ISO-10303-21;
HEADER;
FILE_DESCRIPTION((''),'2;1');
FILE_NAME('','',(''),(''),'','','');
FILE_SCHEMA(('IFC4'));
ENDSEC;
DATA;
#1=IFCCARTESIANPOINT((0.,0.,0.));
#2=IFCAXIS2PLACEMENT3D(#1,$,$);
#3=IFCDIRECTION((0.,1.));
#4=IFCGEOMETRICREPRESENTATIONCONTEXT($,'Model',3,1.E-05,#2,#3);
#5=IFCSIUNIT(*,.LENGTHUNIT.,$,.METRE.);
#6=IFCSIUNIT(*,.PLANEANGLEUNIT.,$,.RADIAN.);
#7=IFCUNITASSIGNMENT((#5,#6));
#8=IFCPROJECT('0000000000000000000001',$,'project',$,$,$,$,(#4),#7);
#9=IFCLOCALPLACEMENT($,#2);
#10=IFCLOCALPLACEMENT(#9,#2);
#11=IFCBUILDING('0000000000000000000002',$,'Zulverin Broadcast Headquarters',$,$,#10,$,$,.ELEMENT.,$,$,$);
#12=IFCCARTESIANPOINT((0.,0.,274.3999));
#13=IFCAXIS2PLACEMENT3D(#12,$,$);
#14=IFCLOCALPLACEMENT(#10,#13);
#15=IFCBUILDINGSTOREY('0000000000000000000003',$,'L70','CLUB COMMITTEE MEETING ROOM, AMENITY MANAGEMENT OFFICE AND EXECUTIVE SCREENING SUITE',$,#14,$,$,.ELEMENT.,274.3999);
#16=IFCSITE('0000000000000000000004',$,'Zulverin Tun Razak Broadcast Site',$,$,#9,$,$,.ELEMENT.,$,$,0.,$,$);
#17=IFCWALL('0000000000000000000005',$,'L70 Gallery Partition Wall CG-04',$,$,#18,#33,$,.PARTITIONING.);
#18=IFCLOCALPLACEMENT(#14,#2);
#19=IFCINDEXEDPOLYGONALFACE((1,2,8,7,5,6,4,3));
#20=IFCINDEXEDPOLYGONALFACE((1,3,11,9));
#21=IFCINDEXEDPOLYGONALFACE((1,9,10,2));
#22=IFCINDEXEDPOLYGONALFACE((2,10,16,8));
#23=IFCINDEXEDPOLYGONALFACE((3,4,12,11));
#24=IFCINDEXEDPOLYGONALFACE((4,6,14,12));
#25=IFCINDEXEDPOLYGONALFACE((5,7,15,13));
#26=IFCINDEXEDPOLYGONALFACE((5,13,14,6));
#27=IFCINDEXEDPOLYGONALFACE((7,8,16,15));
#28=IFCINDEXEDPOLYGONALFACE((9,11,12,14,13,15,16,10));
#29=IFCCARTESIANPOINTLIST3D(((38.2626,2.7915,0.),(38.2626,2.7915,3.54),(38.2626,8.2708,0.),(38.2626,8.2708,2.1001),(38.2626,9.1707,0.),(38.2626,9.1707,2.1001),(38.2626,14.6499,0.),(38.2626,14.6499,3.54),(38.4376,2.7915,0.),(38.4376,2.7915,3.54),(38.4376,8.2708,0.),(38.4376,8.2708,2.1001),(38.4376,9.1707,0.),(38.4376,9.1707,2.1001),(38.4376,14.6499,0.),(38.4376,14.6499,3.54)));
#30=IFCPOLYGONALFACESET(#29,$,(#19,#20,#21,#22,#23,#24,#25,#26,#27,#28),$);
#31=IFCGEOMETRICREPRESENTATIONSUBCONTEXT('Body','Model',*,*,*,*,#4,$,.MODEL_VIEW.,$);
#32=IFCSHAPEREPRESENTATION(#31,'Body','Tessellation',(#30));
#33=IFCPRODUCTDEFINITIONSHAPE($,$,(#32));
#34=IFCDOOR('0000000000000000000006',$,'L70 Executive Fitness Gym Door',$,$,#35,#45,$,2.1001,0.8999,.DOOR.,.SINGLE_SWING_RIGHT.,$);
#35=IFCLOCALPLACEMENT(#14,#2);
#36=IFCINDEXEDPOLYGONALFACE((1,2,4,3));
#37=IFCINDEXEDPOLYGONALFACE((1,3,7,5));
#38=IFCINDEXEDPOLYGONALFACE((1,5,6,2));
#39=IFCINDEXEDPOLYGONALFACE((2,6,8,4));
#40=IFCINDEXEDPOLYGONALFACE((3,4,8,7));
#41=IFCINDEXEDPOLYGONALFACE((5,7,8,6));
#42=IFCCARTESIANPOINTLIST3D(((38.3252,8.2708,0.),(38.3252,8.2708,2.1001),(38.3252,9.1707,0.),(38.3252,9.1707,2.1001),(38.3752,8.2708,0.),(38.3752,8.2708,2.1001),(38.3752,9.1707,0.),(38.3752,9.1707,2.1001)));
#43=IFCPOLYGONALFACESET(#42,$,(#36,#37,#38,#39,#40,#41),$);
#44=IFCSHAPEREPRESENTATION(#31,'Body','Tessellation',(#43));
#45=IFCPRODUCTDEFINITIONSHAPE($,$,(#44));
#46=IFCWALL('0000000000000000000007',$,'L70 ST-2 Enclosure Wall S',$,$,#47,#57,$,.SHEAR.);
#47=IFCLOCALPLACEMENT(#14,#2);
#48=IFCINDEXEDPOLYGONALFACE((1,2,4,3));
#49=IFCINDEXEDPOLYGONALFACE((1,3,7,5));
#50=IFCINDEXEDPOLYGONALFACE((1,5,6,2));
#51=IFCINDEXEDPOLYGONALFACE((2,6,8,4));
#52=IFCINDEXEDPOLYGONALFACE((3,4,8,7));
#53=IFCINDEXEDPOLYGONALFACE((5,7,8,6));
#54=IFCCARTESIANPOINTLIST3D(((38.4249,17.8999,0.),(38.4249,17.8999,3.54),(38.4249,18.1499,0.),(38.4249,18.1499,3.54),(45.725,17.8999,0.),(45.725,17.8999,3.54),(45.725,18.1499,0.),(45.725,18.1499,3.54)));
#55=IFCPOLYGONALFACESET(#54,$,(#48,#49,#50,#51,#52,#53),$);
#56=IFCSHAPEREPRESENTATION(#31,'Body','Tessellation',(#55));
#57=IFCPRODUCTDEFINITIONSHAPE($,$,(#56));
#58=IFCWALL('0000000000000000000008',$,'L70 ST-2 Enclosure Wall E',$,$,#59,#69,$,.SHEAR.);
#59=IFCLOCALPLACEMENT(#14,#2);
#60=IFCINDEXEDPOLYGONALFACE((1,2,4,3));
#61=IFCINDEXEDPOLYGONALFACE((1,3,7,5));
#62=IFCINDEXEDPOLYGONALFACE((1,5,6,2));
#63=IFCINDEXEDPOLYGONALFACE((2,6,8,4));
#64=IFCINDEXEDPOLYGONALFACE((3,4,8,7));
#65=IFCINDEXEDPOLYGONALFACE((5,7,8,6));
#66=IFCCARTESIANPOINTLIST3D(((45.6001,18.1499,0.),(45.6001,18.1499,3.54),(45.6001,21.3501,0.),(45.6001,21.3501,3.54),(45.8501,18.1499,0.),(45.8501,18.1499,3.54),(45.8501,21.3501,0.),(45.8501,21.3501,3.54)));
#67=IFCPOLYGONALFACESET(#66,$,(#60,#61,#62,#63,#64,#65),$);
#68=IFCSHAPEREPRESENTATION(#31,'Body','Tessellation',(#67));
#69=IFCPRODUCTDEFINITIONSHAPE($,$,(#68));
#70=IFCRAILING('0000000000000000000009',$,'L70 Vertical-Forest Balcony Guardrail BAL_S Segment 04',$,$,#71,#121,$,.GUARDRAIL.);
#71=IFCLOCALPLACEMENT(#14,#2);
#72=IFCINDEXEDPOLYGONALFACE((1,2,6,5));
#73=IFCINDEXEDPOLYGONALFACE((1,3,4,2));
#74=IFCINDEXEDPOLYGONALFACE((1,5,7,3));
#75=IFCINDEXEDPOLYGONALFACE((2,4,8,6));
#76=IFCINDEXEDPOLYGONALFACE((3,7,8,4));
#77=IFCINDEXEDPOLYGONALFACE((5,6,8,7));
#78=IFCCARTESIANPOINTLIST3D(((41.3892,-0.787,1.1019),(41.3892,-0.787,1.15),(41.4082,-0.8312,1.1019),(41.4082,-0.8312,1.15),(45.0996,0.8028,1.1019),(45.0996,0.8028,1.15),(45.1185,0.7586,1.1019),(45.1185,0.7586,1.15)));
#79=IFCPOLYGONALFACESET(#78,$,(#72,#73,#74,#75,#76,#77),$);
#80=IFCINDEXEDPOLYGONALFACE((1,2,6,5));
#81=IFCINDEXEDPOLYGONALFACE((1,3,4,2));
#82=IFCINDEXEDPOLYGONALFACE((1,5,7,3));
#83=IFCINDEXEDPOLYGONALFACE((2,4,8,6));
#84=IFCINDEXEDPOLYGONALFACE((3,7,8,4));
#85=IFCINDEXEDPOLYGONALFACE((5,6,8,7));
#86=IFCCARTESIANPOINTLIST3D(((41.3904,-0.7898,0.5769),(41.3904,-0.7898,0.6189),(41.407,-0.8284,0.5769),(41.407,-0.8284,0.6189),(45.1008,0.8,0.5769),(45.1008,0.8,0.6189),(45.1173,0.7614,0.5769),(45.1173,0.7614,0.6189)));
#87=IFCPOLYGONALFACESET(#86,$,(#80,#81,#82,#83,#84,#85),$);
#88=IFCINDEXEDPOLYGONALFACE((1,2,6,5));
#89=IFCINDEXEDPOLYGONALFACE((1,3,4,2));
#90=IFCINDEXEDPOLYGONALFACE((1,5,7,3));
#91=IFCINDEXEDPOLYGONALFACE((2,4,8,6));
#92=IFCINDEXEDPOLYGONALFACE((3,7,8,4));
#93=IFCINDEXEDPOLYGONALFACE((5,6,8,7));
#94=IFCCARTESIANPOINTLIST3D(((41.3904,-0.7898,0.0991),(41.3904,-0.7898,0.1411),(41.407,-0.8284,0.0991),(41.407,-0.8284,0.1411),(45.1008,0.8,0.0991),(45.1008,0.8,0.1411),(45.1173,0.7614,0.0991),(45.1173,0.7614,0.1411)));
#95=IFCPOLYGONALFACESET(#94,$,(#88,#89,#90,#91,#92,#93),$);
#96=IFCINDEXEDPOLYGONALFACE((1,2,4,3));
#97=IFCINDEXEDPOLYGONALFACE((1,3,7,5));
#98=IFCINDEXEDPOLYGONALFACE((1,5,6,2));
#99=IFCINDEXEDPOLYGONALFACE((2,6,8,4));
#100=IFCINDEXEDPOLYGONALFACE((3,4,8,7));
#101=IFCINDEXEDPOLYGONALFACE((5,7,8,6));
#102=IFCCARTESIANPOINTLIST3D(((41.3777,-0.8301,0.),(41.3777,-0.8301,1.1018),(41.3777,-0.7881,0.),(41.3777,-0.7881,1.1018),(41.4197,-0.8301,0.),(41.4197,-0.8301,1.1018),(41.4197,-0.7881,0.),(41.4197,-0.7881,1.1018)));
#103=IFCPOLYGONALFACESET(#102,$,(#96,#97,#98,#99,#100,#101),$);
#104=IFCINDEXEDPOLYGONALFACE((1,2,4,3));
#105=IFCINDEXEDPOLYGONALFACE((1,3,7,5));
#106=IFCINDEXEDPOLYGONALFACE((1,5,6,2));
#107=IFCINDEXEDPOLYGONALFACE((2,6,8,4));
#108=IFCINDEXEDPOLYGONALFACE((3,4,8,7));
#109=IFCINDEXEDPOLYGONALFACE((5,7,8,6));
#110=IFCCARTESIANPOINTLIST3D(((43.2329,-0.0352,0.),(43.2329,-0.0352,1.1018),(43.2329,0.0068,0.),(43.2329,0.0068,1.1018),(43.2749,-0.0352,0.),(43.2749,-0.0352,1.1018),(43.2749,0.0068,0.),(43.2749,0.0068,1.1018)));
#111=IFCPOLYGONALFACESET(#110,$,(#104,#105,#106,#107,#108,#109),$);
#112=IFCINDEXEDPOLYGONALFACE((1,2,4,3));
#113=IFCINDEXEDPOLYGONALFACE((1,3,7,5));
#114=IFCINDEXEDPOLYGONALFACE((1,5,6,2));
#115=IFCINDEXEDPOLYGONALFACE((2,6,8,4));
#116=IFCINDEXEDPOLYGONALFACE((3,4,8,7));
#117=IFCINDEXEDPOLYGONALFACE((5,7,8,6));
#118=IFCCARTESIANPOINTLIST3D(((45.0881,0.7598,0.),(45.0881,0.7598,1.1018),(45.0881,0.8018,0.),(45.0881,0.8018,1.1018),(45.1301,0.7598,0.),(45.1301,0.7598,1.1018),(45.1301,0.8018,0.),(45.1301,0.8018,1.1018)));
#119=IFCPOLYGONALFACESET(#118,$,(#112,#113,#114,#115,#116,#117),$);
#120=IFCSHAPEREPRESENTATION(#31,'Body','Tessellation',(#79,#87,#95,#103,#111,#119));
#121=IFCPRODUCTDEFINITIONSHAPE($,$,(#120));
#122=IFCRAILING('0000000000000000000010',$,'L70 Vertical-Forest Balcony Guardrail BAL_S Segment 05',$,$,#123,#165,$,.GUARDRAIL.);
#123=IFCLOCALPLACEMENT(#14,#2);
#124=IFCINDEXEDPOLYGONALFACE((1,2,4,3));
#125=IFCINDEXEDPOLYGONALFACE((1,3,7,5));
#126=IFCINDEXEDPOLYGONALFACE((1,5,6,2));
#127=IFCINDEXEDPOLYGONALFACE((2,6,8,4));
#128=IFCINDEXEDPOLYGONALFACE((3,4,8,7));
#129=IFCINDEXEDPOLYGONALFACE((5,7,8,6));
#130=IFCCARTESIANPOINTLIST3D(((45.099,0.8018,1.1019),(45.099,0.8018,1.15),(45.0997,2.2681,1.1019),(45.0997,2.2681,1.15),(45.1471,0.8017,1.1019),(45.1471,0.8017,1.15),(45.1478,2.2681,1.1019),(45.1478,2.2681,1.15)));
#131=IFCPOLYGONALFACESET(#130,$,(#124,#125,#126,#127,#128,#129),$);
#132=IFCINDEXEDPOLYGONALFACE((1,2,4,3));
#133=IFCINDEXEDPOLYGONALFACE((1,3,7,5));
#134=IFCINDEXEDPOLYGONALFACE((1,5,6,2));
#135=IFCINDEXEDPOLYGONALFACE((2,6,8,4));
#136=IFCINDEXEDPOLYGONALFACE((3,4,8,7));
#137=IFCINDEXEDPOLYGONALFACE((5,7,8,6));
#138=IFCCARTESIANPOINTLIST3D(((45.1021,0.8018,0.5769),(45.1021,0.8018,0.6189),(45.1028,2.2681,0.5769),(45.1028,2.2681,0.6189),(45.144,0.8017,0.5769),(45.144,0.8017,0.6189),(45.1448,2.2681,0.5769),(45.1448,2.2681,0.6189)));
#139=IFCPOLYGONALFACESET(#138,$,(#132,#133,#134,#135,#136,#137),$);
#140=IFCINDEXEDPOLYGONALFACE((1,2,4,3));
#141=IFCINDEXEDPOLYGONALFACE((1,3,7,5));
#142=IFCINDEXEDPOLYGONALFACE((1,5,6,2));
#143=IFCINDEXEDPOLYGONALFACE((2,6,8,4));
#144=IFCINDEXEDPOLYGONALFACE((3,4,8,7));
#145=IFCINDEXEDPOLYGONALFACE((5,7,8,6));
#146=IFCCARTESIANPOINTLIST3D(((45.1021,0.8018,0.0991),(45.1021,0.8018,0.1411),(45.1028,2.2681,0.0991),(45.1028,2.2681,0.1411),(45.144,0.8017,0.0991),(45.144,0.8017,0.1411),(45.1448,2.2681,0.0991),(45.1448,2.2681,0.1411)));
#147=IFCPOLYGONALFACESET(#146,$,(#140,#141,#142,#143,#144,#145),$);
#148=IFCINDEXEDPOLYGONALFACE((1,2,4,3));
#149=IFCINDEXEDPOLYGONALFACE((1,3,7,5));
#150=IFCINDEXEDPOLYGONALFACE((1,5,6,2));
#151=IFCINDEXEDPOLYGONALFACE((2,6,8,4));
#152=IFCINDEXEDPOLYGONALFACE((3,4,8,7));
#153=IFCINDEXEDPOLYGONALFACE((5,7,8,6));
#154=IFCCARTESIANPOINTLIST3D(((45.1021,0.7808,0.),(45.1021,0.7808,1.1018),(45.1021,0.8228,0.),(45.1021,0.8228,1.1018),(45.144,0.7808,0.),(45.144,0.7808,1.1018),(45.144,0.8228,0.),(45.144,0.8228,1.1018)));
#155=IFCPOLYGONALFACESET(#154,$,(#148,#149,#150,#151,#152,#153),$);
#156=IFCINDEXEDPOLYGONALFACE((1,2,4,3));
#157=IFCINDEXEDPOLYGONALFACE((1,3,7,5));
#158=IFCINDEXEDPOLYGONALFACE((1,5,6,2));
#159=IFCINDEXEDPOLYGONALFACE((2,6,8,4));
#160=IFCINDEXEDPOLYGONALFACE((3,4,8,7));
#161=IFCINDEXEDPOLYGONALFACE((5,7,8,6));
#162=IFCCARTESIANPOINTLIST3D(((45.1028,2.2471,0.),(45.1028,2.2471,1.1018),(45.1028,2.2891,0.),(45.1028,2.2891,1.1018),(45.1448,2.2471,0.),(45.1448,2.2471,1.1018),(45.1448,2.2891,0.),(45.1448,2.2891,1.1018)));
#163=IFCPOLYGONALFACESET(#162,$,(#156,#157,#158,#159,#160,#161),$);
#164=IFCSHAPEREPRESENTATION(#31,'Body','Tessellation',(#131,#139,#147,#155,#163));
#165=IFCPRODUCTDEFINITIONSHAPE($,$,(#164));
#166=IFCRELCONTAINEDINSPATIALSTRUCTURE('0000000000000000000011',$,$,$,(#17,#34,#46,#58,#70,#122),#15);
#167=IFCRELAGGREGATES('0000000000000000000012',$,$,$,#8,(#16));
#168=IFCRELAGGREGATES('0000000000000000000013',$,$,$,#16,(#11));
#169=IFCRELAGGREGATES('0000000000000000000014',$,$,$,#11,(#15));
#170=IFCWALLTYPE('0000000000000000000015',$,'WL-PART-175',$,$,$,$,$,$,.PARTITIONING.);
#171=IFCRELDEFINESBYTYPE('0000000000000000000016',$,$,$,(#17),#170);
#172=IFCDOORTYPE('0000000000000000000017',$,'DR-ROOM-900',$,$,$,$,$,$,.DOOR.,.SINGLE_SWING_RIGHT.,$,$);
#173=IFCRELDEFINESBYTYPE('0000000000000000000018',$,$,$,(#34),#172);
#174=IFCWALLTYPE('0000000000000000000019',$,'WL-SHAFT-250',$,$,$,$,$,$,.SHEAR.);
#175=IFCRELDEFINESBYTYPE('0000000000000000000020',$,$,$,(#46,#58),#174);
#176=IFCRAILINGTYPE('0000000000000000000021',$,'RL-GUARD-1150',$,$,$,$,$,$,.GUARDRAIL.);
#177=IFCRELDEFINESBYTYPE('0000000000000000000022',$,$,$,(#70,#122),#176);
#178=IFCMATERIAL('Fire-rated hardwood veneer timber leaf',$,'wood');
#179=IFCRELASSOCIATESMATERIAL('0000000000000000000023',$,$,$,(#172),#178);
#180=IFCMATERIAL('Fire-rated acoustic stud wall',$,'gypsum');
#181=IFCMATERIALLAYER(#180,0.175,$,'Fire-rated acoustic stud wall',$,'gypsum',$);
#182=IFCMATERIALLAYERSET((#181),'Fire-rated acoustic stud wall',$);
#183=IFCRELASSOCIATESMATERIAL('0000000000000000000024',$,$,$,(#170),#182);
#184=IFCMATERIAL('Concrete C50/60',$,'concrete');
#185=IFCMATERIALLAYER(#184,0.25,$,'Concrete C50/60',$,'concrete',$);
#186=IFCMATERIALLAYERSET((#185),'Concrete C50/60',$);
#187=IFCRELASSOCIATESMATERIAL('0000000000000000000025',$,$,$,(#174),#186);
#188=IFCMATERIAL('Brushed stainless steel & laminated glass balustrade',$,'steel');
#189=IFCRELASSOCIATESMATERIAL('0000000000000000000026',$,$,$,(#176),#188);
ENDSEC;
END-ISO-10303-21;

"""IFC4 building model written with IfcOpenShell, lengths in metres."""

from ifc_helpers import new_model, si_unit, direction, frame, frame_2d, origin, origin_2d, place, context, subcontext, project, spatial, rectangle, extrude, material, layer, layer_set, type_object, element, fill, save


model = new_model("IFC4")

# Units and contexts
model_context = context("Model", 3, precision=1e-05, world=origin(), true_north=direction((0.0, 1.0)))
body_context = subcontext(model_context, "Body", "Model", "MODEL_VIEW")
ifc_project = project(units=[si_unit("LENGTHUNIT", "METRE"), si_unit("PLANEANGLEUNIT", "RADIAN")], contexts=[model_context])

# Site, building, storey
site_placement = place(None, origin())
site = spatial("IfcSite", under=ifc_project, at=site_placement, Name="Zulverin Tun Razak Broadcast Site", CompositionType="ELEMENT", RefElevation=0.0)
building_placement = place(site_placement, origin())
building = spatial("IfcBuilding", under=site, at=building_placement, Name="Zulverin Broadcast Headquarters", CompositionType="ELEMENT")
storey_placement = place(building_placement, frame((0.0, 0.0, 274.3999)))
storey = spatial("IfcBuildingStorey", under=building, at=storey_placement, Name="L70", Description="CLUB COMMITTEE MEETING ROOM, AMENITY MANAGEMENT OFFICE AND EXECUTIVE SCREENING SUITE", CompositionType="ELEMENT", Elevation=274.3999)

# Shared definitions
ifc_material_1 = material(Name="Concrete C50/60", Category="concrete")

# Wall, opening, door
ifc_material_2 = material(Name="Fire-rated hardwood veneer timber leaf", Category="wood")
door_type_1 = type_object("IfcDoorType", Name="DR-ROOM-900", OperationType="SINGLE_SWING_RIGHT", PredefinedType="DOOR", material=ifc_material_2)
ifc_material_3 = material(Name="Fire-rated acoustic stud wall", Category="gypsum")
ifc_layer_1 = layer(ifc_material_3, 0.175, Name="Fire-rated acoustic stud wall", Category="gypsum")
ifc_layer_set_1 = layer_set([ifc_layer_1], Name="Fire-rated acoustic stud wall")
wall_type_1 = type_object("IfcWallType", Name="WL-PART-175", PredefinedType="PARTITIONING", material=ifc_layer_set_1)
wall_1_placement = place(storey_placement, frame((38.3501, 2.7915, 0.0), z_axis=(0.0, 0.0, 1.0), x_axis=(0.0, 1.0, 0.0)))
wall_1 = element("IfcWall", 1, at=wall_1_placement, inside=storey, type_object=wall_type_1, Name="L70 Gallery Partition Wall CG-04", PredefinedType="PARTITIONING", context=body_context, shape_type="SweptSolid", body=[
    extrude(rectangle(XDim=11.8584, YDim=0.175, at=frame_2d((5.9292, 0.0))), origin(), (0.0, 0.0, 1.0), 3.54),
])
opening_1_placement = place(wall_1_placement, frame((5.4792, 0.0, 0.0)))
opening_1 = element("IfcOpeningElement", 2, at=opening_1_placement, cuts=wall_1, PredefinedType="OPENING", context=body_context, shape_type="SweptSolid", body=[
    extrude(rectangle(XDim=0.8999, YDim=2.1001, at=frame_2d((0.45, 1.05))), frame((0.0, 0.0974, 0.0), z_axis=(0.0, -1.0, 0.0), x_axis=(1.0, 0.0, 0.0)), (0.0, 0.0, 1.0), 0.1951),
])
door_1_placement = place(opening_1_placement, origin())
door_1 = element("IfcDoor", 3, at=door_1_placement, inside=storey, type_object=door_type_1, Name="L70 Executive Fitness Gym Door", OperationType="SINGLE_SWING_RIGHT", OverallHeight=2.1001, OverallWidth=0.8999, PredefinedType="DOOR", context=body_context, shape_type="SweptSolid", body=[
    extrude(rectangle(XDim=0.8999, YDim=2.1001, at=frame_2d((0.45, 1.05))), frame((0.0, 0.0249, 0.0), z_axis=(0.0, -1.0, 0.0), x_axis=(1.0, 0.0, 0.0)), (0.0, 0.0, 1.0), 0.05),
])
fill(opening_1, door_1)

# Wall
ifc_layer_2 = layer(ifc_material_1, 0.25, Name="Concrete C50/60", Category="concrete")
ifc_layer_set_2 = layer_set([ifc_layer_2], Name="Concrete C50/60")
wall_type_2 = type_object("IfcWallType", Name="WL-SHAFT-250", PredefinedType="SHEAR", material=ifc_layer_set_2)
wall_2_placement = place(storey_placement, frame((38.425, 18.0249, 0.0), z_axis=(0.0, 0.0, 1.0), x_axis=(1.0, 0.0, 0.0)))
element("IfcWall", 4, at=wall_2_placement, inside=storey, type_object=wall_type_2, Name="L70 ST-2 Enclosure Wall S", PredefinedType="SHEAR", context=body_context, shape_type="SweptSolid", body=[
    extrude(rectangle(XDim=7.3, YDim=0.25, at=frame_2d((3.6499, 0.0))), origin(), (0.0, 0.0, 1.0), 3.54),
])

# Wall
wall_3_placement = place(storey_placement, frame((45.7251, 18.1499, 0.0), z_axis=(0.0, 0.0, 1.0), x_axis=(0.0, 1.0, 0.0)))
element("IfcWall", 5, at=wall_3_placement, inside=storey, type_object=wall_type_2, Name="L70 ST-2 Enclosure Wall E", PredefinedType="SHEAR", context=body_context, shape_type="SweptSolid", body=[
    extrude(rectangle(XDim=3.2002, YDim=0.25, at=frame_2d((1.6001, 0.0))), origin(), (0.0, 0.0, 1.0), 3.54),
])

# Railings
ifc_material_4 = material(Name="Brushed stainless steel & laminated glass balustrade", Category="steel")
railing_type_1 = type_object("IfcRailingType", Name="RL-GUARD-1150", PredefinedType="GUARDRAIL", material=ifc_material_4)
railing_1_placement = place(storey_placement, frame((41.3987, -0.8091, 0.0)))
element("IfcRailing", 6, at=railing_1_placement, inside=storey, type_object=railing_type_1, Name="L70 Vertical-Forest Balcony Guardrail BAL_S Segment 04", PredefinedType="GUARDRAIL", context=body_context, shape_type="SweptSolid", body=[
    extrude(rectangle(XDim=0.0481, YDim=0.0481, at=origin_2d()), frame((0.0, 0.0, 1.126), z_axis=(0.919176, 0.393846, 0.0), x_axis=(-0.393846, 0.919176, 0.0)), (0.0, 0.0, 1.0), 4.0366),
    extrude(rectangle(XDim=0.042, YDim=0.042, at=origin_2d()), frame((0.0, 0.0, 0.5979), z_axis=(0.919176, 0.393846, 0.0), x_axis=(-0.393846, 0.919176, 0.0)), (0.0, 0.0, 1.0), 4.0366),
    extrude(rectangle(XDim=0.042, YDim=0.042, at=origin_2d()), frame((0.0, 0.0, 0.1201), z_axis=(0.919176, 0.393846, 0.0), x_axis=(-0.393846, 0.919176, 0.0)), (0.0, 0.0, 1.0), 4.0366),
    extrude(rectangle(XDim=0.042, YDim=0.042, at=origin_2d()), origin(), (0.0, 0.0, 1.0), 1.1018),
    extrude(rectangle(XDim=0.042, YDim=0.042, at=origin_2d()), frame((1.8552, 0.7949, 0.0)), (0.0, 0.0, 1.0), 1.1018),
    extrude(rectangle(XDim=0.042, YDim=0.042, at=origin_2d()), frame((3.7104, 1.5898, 0.0)), (0.0, 0.0, 1.0), 1.1018),
])
railing_2_placement = place(storey_placement, frame((45.123, 0.8018, 0.0)))
element("IfcRailing", 7, at=railing_2_placement, inside=storey, type_object=railing_type_1, Name="L70 Vertical-Forest Balcony Guardrail BAL_S Segment 05", PredefinedType="GUARDRAIL", context=body_context, shape_type="SweptSolid", body=[
    extrude(rectangle(XDim=0.0481, YDim=0.0481, at=origin_2d()), frame((0.0, 0.0, 1.126), z_axis=(0.0005, 1.0, 0.0), x_axis=(-1.0, 0.0005, 0.0)), (0.0, 0.0, 1.0), 1.4663),
    extrude(rectangle(XDim=0.042, YDim=0.042, at=origin_2d()), frame((0.0, 0.0, 0.5979), z_axis=(0.0005, 1.0, 0.0), x_axis=(-1.0, 0.0005, 0.0)), (0.0, 0.0, 1.0), 1.4663),
    extrude(rectangle(XDim=0.042, YDim=0.042, at=origin_2d()), frame((0.0, 0.0, 0.1201), z_axis=(0.0005, 1.0, 0.0), x_axis=(-1.0, 0.0005, 0.0)), (0.0, 0.0, 1.0), 1.4663),
    extrude(rectangle(XDim=0.042, YDim=0.042, at=origin_2d()), origin(), (0.0, 0.0, 1.0), 1.1018),
    extrude(rectangle(XDim=0.042, YDim=0.042, at=origin_2d()), frame((0.0007, 1.4663, 0.0)), (0.0, 0.0, 1.0), 1.1018),
])

save(model, "model.ifc")
